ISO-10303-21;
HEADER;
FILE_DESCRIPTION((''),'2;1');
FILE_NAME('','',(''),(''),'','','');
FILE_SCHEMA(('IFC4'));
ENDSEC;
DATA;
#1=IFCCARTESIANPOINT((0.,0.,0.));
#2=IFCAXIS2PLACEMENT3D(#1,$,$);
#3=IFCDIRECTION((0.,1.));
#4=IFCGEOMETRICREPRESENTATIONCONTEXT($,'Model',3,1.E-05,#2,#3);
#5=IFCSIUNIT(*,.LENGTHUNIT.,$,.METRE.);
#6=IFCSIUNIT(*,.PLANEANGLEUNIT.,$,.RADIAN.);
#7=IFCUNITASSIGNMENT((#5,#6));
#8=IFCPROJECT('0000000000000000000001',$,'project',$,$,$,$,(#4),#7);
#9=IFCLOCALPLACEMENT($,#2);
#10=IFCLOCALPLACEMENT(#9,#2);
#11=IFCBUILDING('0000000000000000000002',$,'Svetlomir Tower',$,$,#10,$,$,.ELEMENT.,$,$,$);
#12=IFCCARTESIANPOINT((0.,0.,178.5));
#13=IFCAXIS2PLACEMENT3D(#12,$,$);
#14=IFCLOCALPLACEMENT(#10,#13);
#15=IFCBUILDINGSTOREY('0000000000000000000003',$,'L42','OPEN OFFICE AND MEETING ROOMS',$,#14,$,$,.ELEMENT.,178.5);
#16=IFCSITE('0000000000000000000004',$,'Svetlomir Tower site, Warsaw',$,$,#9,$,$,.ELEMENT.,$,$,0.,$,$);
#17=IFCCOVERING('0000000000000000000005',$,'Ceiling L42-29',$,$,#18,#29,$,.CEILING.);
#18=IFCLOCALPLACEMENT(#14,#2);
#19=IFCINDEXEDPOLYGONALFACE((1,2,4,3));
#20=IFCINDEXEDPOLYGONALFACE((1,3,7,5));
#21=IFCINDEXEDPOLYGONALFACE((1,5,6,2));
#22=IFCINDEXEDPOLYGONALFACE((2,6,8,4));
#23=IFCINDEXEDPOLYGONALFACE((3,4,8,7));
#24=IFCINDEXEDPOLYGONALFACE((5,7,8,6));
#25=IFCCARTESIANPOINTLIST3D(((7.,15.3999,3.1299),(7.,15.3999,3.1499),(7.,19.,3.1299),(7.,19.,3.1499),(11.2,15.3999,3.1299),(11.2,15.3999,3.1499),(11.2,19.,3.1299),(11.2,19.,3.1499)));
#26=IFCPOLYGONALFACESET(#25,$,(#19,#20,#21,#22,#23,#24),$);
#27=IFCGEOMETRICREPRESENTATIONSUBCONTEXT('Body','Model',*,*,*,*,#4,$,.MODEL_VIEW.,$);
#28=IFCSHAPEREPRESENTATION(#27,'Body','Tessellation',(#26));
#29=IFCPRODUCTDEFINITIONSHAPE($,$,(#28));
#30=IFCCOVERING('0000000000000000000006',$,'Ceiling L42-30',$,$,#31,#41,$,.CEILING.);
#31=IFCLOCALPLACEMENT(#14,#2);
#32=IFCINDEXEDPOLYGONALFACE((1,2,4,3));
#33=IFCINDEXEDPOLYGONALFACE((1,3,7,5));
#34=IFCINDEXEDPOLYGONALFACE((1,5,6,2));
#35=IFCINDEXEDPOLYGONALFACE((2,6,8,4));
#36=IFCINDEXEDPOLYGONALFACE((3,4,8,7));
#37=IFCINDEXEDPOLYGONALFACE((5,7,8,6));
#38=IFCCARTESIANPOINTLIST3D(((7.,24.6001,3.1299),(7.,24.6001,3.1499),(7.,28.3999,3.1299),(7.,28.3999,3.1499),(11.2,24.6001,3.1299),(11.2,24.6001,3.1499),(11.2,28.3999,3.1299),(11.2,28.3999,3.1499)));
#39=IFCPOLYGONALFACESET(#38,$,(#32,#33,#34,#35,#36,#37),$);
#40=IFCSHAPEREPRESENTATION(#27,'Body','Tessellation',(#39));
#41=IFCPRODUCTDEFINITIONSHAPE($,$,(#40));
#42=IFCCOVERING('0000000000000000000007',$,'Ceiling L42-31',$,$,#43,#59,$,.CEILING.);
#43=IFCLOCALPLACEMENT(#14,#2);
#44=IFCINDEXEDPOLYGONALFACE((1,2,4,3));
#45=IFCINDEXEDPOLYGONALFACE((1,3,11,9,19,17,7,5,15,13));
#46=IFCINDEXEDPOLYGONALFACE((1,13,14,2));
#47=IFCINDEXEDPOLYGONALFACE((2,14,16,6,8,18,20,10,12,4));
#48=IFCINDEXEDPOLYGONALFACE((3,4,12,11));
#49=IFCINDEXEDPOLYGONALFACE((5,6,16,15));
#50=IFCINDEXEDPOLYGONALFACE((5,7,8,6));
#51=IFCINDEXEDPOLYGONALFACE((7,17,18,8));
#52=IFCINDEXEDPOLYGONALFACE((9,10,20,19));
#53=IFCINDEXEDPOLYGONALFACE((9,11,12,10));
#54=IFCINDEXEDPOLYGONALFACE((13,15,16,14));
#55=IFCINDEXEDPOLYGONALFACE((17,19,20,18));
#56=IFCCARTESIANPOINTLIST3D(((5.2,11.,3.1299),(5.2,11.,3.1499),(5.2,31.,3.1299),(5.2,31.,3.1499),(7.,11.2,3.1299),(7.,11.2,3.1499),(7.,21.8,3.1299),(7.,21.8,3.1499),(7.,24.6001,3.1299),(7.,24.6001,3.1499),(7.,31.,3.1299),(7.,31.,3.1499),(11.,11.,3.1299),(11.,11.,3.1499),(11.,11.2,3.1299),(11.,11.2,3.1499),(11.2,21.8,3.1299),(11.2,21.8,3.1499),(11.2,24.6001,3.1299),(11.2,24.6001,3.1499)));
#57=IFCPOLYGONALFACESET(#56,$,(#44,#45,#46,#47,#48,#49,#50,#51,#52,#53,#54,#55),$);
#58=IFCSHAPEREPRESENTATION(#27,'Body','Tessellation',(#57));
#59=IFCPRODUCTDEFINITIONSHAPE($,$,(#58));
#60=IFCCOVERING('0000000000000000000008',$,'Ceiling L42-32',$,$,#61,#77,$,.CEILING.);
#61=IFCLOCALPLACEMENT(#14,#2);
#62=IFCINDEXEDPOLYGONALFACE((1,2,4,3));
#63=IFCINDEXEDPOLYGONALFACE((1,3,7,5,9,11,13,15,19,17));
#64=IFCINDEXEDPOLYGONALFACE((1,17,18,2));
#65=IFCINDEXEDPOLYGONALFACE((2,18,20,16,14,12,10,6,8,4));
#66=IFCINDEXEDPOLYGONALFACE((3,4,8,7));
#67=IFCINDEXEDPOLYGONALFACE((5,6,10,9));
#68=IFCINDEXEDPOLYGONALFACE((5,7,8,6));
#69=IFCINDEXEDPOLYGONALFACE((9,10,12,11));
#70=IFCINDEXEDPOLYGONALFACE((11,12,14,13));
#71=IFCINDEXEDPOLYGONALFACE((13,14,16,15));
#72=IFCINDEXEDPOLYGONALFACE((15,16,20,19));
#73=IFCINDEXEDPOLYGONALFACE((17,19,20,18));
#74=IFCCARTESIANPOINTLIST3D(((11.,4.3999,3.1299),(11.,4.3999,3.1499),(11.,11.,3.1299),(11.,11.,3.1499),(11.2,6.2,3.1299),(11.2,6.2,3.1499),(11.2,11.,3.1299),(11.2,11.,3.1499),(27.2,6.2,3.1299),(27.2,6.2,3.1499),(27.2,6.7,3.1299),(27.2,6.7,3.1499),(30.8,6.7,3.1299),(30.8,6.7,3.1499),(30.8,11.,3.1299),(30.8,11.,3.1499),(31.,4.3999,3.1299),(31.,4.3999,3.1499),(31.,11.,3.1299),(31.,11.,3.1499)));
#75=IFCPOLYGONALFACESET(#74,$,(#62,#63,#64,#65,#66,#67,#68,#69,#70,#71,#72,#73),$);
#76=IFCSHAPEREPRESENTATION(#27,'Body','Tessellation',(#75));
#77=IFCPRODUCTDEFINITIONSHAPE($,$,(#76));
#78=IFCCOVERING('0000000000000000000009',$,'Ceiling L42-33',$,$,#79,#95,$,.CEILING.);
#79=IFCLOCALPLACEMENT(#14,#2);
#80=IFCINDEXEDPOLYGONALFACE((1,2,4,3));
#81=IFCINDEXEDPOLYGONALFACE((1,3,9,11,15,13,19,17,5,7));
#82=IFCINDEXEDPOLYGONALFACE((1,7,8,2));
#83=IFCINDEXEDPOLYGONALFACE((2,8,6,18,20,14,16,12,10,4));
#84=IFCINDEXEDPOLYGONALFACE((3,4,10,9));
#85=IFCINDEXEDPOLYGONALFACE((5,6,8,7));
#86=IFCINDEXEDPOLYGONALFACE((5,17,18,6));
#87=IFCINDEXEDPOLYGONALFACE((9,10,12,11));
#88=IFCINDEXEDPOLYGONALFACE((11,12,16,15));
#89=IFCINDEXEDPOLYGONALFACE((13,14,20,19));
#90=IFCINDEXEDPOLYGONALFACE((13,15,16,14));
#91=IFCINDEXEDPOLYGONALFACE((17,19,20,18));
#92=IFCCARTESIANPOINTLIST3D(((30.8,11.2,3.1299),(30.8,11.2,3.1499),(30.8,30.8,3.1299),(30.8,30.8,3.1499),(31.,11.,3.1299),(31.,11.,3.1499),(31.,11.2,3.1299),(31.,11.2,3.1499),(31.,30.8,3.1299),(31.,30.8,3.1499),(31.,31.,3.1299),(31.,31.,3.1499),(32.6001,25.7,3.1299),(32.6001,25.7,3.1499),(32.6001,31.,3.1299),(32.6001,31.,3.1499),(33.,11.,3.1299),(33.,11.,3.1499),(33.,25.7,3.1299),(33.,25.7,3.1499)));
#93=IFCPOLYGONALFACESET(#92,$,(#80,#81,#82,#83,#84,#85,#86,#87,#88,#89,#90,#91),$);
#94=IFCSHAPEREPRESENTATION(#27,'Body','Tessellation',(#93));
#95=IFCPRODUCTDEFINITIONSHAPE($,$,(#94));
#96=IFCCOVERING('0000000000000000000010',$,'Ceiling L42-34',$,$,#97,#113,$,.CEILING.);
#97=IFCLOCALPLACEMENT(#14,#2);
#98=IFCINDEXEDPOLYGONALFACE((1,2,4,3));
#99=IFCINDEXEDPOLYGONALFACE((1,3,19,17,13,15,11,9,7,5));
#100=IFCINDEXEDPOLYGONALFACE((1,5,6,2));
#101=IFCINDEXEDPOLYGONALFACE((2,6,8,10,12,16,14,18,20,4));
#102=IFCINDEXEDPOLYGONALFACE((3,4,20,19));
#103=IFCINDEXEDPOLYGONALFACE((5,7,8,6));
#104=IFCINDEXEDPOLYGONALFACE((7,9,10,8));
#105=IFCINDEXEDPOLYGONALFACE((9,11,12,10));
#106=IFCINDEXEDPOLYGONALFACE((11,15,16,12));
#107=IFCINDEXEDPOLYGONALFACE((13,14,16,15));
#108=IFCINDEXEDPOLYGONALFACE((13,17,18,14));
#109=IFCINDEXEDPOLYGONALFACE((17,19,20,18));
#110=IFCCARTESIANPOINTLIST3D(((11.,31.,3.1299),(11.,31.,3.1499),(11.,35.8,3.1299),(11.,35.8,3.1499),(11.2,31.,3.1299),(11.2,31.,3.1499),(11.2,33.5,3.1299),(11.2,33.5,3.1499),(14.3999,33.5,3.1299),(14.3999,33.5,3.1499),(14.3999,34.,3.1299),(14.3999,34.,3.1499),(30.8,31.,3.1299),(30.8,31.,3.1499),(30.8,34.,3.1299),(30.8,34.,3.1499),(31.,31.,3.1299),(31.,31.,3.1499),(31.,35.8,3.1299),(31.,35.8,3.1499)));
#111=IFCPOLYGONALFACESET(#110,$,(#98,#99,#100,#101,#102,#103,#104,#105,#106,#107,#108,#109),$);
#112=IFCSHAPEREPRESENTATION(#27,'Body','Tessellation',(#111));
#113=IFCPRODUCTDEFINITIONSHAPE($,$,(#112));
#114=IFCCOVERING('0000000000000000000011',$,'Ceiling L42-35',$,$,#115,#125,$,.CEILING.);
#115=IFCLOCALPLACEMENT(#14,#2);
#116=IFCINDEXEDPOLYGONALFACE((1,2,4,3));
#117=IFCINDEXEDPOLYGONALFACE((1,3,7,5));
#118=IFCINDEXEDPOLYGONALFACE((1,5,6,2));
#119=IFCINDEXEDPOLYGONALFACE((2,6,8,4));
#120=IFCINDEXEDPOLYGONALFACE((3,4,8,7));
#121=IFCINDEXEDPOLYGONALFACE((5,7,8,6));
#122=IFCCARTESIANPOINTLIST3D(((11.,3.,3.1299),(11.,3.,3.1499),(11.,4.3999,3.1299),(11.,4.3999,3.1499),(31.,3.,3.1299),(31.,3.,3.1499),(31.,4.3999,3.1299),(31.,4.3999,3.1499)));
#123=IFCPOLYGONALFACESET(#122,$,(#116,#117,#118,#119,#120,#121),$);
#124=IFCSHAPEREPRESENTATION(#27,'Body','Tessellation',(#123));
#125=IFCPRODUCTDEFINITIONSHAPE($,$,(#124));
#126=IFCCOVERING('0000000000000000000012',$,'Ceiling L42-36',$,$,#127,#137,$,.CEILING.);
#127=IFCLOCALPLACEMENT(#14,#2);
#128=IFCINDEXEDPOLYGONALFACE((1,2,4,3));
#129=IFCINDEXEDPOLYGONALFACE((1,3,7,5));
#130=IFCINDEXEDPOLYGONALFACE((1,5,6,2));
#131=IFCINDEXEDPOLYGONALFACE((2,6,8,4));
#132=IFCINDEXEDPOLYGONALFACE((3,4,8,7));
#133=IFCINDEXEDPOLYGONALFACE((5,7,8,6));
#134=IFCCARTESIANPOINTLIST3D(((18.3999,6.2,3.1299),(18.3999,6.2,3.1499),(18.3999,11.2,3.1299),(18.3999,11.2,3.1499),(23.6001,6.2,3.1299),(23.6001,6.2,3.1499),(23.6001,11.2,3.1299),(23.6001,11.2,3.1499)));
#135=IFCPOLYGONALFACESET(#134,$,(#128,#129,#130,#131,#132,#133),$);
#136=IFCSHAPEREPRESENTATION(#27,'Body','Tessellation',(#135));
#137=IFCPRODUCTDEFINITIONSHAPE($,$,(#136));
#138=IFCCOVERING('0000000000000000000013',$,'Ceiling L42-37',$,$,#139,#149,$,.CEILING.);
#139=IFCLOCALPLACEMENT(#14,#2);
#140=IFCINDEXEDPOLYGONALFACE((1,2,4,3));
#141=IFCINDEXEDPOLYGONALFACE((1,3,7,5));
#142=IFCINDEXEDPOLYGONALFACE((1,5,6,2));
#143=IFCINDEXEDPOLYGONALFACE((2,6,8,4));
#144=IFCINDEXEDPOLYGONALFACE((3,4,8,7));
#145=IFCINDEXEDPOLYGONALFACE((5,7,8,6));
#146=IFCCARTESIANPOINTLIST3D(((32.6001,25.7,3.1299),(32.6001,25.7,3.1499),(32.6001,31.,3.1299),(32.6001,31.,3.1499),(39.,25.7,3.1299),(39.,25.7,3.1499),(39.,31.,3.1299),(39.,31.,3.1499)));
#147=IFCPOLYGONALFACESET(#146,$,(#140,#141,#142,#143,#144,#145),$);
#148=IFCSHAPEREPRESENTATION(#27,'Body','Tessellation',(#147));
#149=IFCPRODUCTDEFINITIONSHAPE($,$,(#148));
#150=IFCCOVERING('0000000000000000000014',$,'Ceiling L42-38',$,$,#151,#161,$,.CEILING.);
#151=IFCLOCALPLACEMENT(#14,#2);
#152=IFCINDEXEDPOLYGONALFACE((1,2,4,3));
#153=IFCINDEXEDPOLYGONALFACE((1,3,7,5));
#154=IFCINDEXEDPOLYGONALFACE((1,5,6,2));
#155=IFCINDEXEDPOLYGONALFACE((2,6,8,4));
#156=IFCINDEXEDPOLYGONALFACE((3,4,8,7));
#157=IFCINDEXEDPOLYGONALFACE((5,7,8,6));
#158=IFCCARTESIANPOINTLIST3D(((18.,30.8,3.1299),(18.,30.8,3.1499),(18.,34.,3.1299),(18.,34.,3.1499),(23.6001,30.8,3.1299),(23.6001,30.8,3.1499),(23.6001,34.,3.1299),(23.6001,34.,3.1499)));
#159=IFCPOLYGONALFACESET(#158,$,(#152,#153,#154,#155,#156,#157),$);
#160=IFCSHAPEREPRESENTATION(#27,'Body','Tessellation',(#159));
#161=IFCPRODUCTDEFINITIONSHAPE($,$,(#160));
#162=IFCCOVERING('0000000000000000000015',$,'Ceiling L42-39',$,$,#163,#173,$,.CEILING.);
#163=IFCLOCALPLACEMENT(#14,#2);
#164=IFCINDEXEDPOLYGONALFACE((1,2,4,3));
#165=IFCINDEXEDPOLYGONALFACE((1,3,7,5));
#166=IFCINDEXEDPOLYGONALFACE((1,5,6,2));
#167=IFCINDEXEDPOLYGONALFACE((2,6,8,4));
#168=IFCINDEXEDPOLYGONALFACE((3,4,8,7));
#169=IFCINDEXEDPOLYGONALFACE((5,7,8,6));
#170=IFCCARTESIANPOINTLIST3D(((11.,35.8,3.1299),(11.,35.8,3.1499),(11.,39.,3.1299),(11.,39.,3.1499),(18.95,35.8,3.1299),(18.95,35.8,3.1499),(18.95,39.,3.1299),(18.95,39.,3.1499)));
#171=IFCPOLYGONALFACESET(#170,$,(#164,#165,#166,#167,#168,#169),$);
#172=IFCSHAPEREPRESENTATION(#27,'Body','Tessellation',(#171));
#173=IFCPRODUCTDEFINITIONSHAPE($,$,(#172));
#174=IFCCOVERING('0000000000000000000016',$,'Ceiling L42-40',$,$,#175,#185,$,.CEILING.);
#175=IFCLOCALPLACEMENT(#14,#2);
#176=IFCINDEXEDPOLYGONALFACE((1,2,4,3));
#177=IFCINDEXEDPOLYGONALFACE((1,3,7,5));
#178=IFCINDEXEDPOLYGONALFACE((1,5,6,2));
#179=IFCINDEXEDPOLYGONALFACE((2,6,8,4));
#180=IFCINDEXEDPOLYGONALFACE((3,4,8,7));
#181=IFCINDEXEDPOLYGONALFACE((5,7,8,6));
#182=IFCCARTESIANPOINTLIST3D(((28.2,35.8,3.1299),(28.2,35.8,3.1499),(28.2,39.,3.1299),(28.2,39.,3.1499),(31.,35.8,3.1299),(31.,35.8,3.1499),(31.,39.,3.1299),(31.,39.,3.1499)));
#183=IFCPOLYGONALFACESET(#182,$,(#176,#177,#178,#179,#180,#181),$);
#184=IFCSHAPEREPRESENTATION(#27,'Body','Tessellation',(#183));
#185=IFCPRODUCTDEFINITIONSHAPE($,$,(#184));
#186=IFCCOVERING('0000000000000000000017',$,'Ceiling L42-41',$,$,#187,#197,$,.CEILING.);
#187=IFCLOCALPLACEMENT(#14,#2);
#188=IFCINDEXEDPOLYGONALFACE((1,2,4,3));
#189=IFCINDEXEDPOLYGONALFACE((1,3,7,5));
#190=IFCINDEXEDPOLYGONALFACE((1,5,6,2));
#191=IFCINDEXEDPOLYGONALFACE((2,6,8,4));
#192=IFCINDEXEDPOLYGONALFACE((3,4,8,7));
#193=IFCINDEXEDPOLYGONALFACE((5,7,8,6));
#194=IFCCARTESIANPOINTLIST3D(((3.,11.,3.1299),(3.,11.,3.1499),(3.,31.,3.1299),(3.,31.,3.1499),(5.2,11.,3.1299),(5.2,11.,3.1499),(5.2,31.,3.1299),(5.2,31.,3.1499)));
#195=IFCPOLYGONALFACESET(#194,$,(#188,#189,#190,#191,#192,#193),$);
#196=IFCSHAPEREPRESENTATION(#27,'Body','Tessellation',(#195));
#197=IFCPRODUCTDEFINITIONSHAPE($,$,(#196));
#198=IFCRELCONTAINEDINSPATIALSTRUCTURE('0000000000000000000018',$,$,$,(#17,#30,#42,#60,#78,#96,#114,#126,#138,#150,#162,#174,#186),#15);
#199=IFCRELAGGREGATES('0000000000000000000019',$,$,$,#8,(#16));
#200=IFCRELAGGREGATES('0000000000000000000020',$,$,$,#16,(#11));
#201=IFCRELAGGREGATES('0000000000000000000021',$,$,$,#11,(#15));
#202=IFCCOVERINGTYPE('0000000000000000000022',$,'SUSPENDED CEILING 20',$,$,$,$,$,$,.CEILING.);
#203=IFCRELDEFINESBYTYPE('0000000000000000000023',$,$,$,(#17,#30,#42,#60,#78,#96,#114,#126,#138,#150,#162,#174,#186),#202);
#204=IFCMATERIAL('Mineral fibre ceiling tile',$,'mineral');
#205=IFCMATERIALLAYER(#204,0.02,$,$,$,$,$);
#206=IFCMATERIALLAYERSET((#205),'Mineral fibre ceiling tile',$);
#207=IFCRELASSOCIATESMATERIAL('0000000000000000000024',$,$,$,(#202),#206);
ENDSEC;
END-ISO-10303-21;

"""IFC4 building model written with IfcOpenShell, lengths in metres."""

from ifc_helpers import new_model, si_unit, direction, frame, origin, place, context, subcontext, project, spatial, polyline, outline, extrude, material, layer, layer_set, type_object, element, save


model = new_model("IFC4")

# Units and contexts
model_context = context("Model", 3, precision=1e-05, world=origin(), true_north=direction((0.0, 1.0)))
body_context = subcontext(model_context, "Body", "Model", "MODEL_VIEW")
ifc_project = project(units=[si_unit("LENGTHUNIT", "METRE"), si_unit("PLANEANGLEUNIT", "RADIAN")], contexts=[model_context])

# Site, building, storey
site_placement = place(None, origin())
site = spatial("IfcSite", under=ifc_project, at=site_placement, Name="Svetlomir Tower site, Warsaw", CompositionType="ELEMENT", RefElevation=0.0)
building_placement = place(site_placement, origin())
building = spatial("IfcBuilding", under=site, at=building_placement, Name="Svetlomir Tower", CompositionType="ELEMENT")
storey_placement = place(building_placement, frame((0.0, 0.0, 178.5)))
storey = spatial("IfcBuildingStorey", under=building, at=storey_placement, Name="L42", Description="OPEN OFFICE AND MEETING ROOMS", CompositionType="ELEMENT", Elevation=178.5)

# Coverings
ifc_material_1 = material(Name="Mineral fibre ceiling tile", Category="mineral")
ifc_layer_1 = layer(ifc_material_1, 0.02)
ifc_layer_set_1 = layer_set([ifc_layer_1], Name="Mineral fibre ceiling tile")
covering_type_1 = type_object("IfcCoveringType", Name="SUSPENDED CEILING 20", PredefinedType="CEILING", material=ifc_layer_set_1)
covering_1_placement = place(storey_placement, frame((0.0, 0.0, 3.1299)))
element("IfcCovering", 1, at=covering_1_placement, inside=storey, type_object=covering_type_1, Name="Ceiling L42-29", PredefinedType="CEILING", context=body_context, shape_type="SweptSolid", body=[
    extrude(outline(polyline([(7.0, 15.3999), (11.2, 15.3999), (11.2, 19.0), (7.0, 19.0), (7.0, 15.3999)])), origin(), (0.0, 0.0, 1.0), 0.02),
])
covering_2_placement = place(storey_placement, frame((0.0, 0.0, 3.1299)))
element("IfcCovering", 2, at=covering_2_placement, inside=storey, type_object=covering_type_1, Name="Ceiling L42-30", PredefinedType="CEILING", context=body_context, shape_type="SweptSolid", body=[
    extrude(outline(polyline([(7.0, 24.6001), (11.2, 24.6001), (11.2, 28.3999), (7.0, 28.3999), (7.0, 24.6001)])), origin(), (0.0, 0.0, 1.0), 0.02),
])
covering_3_placement = place(storey_placement, frame((0.0, 0.0, 3.1299)))
element("IfcCovering", 3, at=covering_3_placement, inside=storey, type_object=covering_type_1, Name="Ceiling L42-31", PredefinedType="CEILING", context=body_context, shape_type="SweptSolid", body=[
    extrude(outline(polyline([(5.2, 11.0), (5.2, 31.0), (7.0, 31.0), (7.0, 24.6001), (11.2, 24.6001), (11.2, 21.8), (7.0, 21.8), (7.0, 11.2), (11.0, 11.2), (11.0, 11.0), (5.2, 11.0)])), origin(), (0.0, 0.0, 1.0), 0.02),
])
covering_4_placement = place(storey_placement, frame((0.0, 0.0, 3.1299)))
element("IfcCovering", 4, at=covering_4_placement, inside=storey, type_object=covering_type_1, Name="Ceiling L42-32", PredefinedType="CEILING", context=body_context, shape_type="SweptSolid", body=[
    extrude(outline(polyline([(11.2, 6.2), (27.2, 6.2), (27.2, 6.7), (30.8, 6.7), (30.8, 11.0), (31.0, 11.0), (31.0, 4.3999), (11.0, 4.3999), (11.0, 11.0), (11.2, 11.0), (11.2, 6.2)])), origin(), (0.0, 0.0, 1.0), 0.02),
])
covering_5_placement = place(storey_placement, frame((0.0, 0.0, 3.1299)))
element("IfcCovering", 5, at=covering_5_placement, inside=storey, type_object=covering_type_1, Name="Ceiling L42-33", PredefinedType="CEILING", context=body_context, shape_type="SweptSolid", body=[
    extrude(outline(polyline([(30.8, 11.2), (30.8, 30.8), (31.0, 30.8), (31.0, 31.0), (32.6001, 31.0), (32.6001, 25.7), (33.0, 25.7), (33.0, 11.0), (31.0, 11.0), (31.0, 11.2), (30.8, 11.2)])), origin(), (0.0, 0.0, 1.0), 0.02),
])
covering_6_placement = place(storey_placement, frame((0.0, 0.0, 3.1299)))
element("IfcCovering", 6, at=covering_6_placement, inside=storey, type_object=covering_type_1, Name="Ceiling L42-34", PredefinedType="CEILING", context=body_context, shape_type="SweptSolid", body=[
    extrude(outline(polyline([(30.8, 34.0), (14.3999, 34.0), (14.3999, 33.5), (11.2, 33.5), (11.2, 31.0), (11.0, 31.0), (11.0, 35.8), (31.0, 35.8), (31.0, 31.0), (30.8, 31.0), (30.8, 34.0)])), origin(), (0.0, 0.0, 1.0), 0.02),
])
covering_7_placement = place(storey_placement, frame((0.0, 0.0, 3.1299)))
element("IfcCovering", 7, at=covering_7_placement, inside=storey, type_object=covering_type_1, Name="Ceiling L42-35", PredefinedType="CEILING", context=body_context, shape_type="SweptSolid", body=[
    extrude(outline(polyline([(11.0, 3.0), (11.0, 4.3999), (31.0, 4.3999), (31.0, 3.0), (11.0, 3.0)])), origin(), (0.0, 0.0, 1.0), 0.02),
])
covering_8_placement = place(storey_placement, frame((0.0, 0.0, 3.1299)))
element("IfcCovering", 8, at=covering_8_placement, inside=storey, type_object=covering_type_1, Name="Ceiling L42-36", PredefinedType="CEILING", context=body_context, shape_type="SweptSolid", body=[
    extrude(outline(polyline([(23.6001, 11.2), (23.6001, 6.2), (18.3999, 6.2), (18.3999, 11.2), (23.6001, 11.2)])), origin(), (0.0, 0.0, 1.0), 0.02),
])
covering_9_placement = place(storey_placement, frame((0.0, 0.0, 3.1299)))
element("IfcCovering", 9, at=covering_9_placement, inside=storey, type_object=covering_type_1, Name="Ceiling L42-37", PredefinedType="CEILING", context=body_context, shape_type="SweptSolid", body=[
    extrude(outline(polyline([(39.0, 25.7), (32.6001, 25.7), (32.6001, 31.0), (39.0, 31.0), (39.0, 25.7)])), origin(), (0.0, 0.0, 1.0), 0.02),
])
covering_10_placement = place(storey_placement, frame((0.0, 0.0, 3.1299)))
element("IfcCovering", 10, at=covering_10_placement, inside=storey, type_object=covering_type_1, Name="Ceiling L42-38", PredefinedType="CEILING", context=body_context, shape_type="SweptSolid", body=[
    extrude(outline(polyline([(18.0, 30.8), (18.0, 34.0), (23.6001, 34.0), (23.6001, 30.8), (18.0, 30.8)])), origin(), (0.0, 0.0, 1.0), 0.02),
])
covering_11_placement = place(storey_placement, frame((0.0, 0.0, 3.1299)))
element("IfcCovering", 11, at=covering_11_placement, inside=storey, type_object=covering_type_1, Name="Ceiling L42-39", PredefinedType="CEILING", context=body_context, shape_type="SweptSolid", body=[
    extrude(outline(polyline([(18.95, 39.0), (18.95, 35.8), (11.0, 35.8), (11.0, 39.0), (18.95, 39.0)])), origin(), (0.0, 0.0, 1.0), 0.02),
])
covering_12_placement = place(storey_placement, frame((0.0, 0.0, 3.1299)))
element("IfcCovering", 12, at=covering_12_placement, inside=storey, type_object=covering_type_1, Name="Ceiling L42-40", PredefinedType="CEILING", context=body_context, shape_type="SweptSolid", body=[
    extrude(outline(polyline([(31.0, 39.0), (31.0, 35.8), (28.2, 35.8), (28.2, 39.0), (31.0, 39.0)])), origin(), (0.0, 0.0, 1.0), 0.02),
])
covering_13_placement = place(storey_placement, frame((0.0, 0.0, 3.1299)))
element("IfcCovering", 13, at=covering_13_placement, inside=storey, type_object=covering_type_1, Name="Ceiling L42-41", PredefinedType="CEILING", context=body_context, shape_type="SweptSolid", body=[
    extrude(outline(polyline([(3.0, 31.0), (5.2, 31.0), (5.2, 11.0), (3.0, 11.0), (3.0, 31.0)])), origin(), (0.0, 0.0, 1.0), 0.02),
])

save(model, "model.ifc")
